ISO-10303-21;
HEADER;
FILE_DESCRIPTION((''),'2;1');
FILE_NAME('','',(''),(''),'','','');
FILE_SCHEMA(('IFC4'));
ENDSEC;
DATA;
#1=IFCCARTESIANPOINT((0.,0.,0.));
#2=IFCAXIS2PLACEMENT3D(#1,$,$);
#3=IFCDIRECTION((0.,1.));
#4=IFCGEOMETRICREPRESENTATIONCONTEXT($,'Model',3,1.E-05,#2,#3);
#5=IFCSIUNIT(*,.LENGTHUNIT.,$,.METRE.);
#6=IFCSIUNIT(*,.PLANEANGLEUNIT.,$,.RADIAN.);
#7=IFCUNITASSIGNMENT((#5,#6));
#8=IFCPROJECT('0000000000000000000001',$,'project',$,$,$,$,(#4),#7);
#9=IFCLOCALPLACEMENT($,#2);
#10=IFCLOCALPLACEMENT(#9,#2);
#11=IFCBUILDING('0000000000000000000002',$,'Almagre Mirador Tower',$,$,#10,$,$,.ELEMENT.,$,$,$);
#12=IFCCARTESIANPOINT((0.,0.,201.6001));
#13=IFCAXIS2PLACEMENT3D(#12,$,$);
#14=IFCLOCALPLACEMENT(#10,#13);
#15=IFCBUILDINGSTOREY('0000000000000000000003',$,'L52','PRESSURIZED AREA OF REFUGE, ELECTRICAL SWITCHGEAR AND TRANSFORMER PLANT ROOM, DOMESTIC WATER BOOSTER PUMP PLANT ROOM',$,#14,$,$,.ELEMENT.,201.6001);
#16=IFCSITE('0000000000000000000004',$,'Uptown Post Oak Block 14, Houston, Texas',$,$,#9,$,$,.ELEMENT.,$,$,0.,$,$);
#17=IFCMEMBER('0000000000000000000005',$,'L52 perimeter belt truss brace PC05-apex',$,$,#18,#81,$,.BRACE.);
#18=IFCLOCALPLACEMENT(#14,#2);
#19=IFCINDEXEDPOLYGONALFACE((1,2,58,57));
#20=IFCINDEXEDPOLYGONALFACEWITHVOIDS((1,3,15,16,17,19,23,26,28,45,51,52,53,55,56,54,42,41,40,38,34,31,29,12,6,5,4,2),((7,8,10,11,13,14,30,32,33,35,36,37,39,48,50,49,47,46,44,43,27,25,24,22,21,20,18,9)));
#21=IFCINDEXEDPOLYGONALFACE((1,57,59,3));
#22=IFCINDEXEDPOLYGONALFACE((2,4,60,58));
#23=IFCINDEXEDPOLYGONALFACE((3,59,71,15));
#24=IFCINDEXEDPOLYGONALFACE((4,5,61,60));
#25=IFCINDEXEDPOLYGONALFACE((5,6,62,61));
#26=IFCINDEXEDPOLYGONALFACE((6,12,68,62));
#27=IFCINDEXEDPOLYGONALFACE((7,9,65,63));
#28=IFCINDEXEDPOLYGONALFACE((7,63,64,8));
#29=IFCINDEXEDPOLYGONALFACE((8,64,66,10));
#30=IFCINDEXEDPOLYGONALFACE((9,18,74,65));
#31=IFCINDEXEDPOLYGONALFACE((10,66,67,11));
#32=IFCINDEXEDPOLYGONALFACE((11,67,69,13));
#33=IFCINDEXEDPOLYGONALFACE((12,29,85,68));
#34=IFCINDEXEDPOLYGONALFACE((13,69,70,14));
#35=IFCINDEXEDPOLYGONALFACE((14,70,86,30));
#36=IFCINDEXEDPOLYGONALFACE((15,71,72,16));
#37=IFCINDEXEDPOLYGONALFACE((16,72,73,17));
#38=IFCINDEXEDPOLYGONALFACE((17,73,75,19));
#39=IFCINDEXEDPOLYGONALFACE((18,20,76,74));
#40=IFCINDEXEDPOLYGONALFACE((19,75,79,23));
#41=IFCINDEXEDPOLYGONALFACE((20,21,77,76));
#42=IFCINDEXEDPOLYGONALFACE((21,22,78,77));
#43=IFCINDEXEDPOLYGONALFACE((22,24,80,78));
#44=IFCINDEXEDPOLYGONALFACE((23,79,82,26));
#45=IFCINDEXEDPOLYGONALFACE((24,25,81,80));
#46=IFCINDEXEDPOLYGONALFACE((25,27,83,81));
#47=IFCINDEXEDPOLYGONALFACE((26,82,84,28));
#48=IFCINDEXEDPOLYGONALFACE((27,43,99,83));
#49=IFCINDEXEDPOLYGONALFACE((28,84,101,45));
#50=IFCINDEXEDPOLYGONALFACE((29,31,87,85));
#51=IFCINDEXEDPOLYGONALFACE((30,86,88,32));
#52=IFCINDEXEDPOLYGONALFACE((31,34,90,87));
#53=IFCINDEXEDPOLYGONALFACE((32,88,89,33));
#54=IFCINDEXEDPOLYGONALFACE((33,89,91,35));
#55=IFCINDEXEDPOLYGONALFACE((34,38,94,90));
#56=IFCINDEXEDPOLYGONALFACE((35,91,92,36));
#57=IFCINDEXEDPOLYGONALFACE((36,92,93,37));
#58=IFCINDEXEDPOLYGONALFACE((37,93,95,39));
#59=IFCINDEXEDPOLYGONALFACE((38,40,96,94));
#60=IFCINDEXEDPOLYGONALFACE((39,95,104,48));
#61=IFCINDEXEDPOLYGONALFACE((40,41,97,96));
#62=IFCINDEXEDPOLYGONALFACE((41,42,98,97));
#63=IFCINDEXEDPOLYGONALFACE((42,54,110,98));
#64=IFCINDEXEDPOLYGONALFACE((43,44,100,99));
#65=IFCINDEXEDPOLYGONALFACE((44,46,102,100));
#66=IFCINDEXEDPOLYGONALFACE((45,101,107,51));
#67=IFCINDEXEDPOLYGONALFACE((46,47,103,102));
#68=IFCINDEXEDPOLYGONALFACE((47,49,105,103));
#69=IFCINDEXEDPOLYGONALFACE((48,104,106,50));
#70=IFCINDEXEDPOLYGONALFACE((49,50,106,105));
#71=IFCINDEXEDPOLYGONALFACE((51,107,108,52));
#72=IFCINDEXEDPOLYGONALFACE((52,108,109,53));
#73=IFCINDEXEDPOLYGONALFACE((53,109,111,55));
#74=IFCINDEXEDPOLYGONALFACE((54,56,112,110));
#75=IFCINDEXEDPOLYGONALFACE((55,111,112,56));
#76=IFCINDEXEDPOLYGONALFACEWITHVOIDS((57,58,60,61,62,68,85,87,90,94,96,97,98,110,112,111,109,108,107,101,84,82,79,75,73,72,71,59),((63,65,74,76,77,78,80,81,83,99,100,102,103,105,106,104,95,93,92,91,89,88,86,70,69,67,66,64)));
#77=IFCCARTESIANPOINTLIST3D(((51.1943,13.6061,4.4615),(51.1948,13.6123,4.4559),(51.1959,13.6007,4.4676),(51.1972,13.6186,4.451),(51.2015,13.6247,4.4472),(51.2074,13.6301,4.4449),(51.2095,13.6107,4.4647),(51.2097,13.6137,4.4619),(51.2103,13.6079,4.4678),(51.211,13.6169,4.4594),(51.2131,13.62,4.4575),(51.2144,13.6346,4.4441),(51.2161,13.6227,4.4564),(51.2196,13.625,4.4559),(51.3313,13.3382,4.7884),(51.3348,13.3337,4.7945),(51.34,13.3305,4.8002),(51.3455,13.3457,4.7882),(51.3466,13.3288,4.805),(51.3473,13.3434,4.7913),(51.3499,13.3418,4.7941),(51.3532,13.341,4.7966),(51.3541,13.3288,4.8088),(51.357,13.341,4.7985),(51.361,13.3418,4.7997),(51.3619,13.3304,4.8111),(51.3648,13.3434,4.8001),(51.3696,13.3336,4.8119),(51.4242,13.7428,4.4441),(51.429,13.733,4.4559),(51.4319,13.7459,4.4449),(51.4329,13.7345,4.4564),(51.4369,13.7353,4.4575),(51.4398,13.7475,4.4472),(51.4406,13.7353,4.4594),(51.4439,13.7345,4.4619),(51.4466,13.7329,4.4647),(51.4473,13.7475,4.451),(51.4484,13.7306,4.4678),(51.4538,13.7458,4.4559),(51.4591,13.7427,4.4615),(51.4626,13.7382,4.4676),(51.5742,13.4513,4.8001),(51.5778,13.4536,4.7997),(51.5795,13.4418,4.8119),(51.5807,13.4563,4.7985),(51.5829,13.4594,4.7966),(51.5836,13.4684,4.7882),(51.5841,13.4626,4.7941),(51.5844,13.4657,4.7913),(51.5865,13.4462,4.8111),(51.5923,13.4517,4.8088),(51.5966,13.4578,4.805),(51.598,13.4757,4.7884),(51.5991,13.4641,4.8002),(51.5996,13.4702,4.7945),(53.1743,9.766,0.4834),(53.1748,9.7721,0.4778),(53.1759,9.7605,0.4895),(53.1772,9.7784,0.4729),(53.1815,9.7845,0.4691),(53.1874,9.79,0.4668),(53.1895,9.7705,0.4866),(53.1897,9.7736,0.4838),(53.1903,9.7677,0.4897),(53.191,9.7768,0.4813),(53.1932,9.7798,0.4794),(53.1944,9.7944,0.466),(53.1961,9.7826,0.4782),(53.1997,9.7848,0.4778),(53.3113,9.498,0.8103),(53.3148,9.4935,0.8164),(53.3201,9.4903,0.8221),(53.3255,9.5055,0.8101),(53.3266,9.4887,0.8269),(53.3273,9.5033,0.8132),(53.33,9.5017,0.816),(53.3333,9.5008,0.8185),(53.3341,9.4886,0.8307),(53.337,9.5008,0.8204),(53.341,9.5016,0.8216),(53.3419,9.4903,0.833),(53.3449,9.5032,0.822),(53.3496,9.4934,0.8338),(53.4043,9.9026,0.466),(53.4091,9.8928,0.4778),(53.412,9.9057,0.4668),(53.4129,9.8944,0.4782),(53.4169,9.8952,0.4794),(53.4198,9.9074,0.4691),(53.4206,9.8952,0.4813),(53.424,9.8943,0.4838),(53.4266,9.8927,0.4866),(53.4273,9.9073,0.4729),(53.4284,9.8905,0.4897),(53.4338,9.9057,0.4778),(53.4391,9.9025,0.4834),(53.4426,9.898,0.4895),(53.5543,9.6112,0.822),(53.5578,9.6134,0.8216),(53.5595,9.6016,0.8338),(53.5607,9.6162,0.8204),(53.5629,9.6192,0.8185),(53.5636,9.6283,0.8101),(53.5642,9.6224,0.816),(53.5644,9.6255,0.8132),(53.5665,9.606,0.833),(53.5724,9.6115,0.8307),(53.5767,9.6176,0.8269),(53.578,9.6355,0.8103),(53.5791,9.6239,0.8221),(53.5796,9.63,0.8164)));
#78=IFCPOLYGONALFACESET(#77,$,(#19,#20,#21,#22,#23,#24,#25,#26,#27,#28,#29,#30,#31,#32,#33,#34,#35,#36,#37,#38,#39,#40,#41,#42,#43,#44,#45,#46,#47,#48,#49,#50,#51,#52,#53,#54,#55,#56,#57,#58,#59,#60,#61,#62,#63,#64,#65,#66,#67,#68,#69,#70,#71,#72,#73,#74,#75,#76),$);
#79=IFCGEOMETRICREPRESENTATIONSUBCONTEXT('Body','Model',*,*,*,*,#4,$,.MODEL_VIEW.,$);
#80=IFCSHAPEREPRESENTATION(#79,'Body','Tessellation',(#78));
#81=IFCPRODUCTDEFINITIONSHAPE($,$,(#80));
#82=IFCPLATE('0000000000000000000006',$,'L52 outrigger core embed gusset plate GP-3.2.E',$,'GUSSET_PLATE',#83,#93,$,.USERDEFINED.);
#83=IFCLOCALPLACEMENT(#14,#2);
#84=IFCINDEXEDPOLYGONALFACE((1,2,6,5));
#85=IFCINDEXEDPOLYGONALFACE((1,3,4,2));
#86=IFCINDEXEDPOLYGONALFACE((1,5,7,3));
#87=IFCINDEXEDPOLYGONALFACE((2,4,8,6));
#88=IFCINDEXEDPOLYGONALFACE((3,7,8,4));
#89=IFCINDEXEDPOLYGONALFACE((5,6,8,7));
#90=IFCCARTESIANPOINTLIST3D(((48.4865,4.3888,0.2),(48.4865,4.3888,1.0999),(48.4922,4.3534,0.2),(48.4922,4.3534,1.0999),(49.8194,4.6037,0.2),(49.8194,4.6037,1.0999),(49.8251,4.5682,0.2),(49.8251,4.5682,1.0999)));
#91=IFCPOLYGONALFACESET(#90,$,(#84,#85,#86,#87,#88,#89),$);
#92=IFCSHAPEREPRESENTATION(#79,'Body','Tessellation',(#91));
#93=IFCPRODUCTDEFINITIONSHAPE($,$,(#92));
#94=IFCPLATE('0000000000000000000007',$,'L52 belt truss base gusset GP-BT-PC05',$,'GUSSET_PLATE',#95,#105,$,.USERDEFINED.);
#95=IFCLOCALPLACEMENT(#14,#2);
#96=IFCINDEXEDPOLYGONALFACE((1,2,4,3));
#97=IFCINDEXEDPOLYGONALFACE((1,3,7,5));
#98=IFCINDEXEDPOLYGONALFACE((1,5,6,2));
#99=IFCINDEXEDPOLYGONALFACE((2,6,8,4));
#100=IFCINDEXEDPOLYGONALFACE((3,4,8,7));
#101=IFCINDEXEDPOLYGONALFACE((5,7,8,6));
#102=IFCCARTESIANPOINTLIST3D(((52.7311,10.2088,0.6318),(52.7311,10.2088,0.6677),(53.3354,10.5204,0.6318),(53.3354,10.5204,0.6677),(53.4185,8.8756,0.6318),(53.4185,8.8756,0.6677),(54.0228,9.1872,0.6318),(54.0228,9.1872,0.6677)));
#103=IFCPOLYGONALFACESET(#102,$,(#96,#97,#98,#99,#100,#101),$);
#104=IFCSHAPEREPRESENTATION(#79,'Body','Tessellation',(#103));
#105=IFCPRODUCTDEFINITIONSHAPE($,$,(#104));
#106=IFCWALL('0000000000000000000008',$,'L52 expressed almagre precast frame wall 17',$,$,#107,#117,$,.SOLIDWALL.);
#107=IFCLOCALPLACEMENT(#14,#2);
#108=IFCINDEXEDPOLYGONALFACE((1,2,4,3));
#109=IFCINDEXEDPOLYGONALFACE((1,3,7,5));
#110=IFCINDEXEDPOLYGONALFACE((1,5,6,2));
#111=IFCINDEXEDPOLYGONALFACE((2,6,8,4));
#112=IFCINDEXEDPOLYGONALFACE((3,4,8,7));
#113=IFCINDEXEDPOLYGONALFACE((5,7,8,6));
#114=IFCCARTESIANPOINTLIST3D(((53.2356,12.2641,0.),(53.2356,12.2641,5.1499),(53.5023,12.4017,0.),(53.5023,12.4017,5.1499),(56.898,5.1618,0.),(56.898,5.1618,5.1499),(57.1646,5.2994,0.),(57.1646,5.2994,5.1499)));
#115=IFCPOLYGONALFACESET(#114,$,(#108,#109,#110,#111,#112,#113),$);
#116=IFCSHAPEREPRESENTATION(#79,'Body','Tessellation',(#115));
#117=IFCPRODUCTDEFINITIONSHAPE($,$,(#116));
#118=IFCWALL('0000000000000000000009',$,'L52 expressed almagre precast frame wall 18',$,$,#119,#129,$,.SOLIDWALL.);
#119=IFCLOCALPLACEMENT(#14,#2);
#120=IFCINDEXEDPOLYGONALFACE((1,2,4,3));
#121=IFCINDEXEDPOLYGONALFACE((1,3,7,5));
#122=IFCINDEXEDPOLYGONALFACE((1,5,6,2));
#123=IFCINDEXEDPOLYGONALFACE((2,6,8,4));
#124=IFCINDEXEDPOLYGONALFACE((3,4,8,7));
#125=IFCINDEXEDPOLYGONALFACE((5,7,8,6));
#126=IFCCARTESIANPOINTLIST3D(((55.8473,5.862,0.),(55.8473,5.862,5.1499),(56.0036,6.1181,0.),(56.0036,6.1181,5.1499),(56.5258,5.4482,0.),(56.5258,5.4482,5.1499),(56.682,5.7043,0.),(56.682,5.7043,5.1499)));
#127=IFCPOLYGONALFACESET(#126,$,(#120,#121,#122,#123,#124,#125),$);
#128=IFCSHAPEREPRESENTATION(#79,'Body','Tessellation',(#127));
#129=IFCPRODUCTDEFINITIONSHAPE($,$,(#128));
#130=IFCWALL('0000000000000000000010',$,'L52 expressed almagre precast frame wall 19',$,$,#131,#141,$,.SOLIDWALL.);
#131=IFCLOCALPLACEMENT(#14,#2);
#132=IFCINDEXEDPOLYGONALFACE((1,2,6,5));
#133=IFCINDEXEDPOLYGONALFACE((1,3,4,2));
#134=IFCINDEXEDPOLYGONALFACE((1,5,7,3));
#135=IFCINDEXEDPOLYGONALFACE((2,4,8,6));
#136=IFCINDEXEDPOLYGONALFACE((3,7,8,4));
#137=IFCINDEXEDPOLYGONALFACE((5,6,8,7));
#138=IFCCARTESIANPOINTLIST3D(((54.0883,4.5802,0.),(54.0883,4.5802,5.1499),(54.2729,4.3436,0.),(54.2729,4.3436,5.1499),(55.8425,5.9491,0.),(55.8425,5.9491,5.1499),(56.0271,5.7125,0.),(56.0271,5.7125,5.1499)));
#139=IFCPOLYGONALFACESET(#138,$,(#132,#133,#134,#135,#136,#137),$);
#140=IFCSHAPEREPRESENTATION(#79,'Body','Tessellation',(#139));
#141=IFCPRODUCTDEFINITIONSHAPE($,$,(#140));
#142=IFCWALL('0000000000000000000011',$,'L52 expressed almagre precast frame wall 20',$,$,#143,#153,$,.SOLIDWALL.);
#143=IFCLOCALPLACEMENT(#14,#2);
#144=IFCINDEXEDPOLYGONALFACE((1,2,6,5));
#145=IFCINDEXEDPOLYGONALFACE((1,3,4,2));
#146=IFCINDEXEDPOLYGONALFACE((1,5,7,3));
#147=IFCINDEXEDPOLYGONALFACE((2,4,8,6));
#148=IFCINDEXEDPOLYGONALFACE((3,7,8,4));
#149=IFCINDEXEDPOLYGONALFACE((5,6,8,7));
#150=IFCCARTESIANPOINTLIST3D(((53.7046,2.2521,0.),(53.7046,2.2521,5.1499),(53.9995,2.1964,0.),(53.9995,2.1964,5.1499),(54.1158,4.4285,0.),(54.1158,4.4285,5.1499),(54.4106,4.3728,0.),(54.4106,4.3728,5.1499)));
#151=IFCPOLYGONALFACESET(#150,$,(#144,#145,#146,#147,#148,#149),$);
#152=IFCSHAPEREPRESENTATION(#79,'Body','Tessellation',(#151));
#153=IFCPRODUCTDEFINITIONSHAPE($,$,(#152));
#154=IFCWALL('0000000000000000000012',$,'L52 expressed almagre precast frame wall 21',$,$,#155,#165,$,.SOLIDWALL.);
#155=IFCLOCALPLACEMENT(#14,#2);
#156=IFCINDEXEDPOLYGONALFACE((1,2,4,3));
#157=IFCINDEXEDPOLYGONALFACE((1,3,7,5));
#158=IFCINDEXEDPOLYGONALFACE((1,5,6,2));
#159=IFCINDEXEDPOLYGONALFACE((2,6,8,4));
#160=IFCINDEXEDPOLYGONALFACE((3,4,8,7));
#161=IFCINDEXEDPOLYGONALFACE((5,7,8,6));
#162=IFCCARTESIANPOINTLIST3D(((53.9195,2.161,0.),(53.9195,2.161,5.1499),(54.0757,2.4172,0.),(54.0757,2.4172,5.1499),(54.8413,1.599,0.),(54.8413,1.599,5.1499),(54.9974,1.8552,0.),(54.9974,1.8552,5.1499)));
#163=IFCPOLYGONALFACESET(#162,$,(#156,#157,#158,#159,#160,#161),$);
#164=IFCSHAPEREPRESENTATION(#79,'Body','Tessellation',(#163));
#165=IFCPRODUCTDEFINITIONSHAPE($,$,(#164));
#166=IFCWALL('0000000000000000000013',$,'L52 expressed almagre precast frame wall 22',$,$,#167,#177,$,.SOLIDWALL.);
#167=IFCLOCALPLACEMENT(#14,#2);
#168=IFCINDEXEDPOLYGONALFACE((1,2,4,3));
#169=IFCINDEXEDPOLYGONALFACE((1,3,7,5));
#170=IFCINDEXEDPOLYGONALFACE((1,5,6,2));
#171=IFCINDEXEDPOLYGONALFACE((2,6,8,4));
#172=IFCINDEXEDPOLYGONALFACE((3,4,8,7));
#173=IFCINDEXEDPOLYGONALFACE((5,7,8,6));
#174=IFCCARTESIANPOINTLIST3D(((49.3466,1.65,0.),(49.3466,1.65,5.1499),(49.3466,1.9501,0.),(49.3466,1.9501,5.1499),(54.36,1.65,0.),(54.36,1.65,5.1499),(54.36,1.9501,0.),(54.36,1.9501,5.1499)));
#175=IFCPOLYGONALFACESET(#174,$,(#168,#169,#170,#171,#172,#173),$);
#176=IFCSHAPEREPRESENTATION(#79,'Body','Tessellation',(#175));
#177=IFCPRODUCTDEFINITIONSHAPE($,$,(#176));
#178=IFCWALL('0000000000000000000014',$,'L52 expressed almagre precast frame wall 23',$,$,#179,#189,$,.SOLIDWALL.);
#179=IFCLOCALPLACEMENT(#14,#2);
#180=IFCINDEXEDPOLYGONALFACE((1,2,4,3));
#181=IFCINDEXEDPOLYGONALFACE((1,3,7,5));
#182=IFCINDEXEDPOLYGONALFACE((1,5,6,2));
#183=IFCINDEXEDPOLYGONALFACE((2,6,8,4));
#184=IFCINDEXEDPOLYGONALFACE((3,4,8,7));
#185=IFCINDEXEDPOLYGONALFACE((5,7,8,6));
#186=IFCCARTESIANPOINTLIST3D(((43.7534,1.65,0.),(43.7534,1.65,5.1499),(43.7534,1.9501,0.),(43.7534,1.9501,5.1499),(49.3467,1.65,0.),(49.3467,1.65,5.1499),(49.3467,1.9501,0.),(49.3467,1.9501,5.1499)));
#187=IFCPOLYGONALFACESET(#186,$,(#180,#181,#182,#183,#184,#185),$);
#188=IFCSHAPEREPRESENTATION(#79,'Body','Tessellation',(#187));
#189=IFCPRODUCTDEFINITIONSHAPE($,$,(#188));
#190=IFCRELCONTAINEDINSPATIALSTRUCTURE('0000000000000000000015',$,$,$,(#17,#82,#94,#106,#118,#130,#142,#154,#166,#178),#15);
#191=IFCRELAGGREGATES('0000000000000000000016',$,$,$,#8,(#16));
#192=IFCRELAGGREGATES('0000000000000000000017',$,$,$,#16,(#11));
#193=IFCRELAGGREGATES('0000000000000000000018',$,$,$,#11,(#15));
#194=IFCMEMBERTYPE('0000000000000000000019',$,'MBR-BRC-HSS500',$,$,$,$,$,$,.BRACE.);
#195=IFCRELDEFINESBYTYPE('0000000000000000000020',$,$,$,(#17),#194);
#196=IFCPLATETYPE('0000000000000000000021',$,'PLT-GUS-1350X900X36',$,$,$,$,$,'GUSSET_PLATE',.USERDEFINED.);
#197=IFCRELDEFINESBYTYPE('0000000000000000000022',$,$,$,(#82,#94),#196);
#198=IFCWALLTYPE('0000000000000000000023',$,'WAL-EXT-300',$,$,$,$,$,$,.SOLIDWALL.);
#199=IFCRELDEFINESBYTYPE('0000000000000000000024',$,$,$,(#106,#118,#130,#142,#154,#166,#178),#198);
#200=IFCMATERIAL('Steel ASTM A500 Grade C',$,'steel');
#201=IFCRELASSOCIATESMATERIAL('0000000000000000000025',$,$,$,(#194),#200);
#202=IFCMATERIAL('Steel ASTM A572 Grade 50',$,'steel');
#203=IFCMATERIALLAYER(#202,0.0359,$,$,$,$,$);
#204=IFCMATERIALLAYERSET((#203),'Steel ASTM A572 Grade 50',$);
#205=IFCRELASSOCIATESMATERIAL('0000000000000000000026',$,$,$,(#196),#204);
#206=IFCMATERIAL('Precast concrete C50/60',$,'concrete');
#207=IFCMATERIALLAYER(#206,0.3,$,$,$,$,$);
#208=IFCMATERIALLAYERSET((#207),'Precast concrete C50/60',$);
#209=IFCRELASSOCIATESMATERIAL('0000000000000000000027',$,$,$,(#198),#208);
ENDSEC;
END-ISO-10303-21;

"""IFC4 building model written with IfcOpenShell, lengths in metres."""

from ifc_helpers import new_model, si_unit, direction, frame, frame_2d, origin, origin_2d, place, context, subcontext, project, spatial, rectangle, hollow_rectangle, extrude, material, layer, layer_set, material_profile, profile_set, type_object, element, save


model = new_model("IFC4")

# Units and contexts
model_context = context("Model", 3, precision=1e-05, world=origin(), true_north=direction((0.0, 1.0)))
body_context = subcontext(model_context, "Body", "Model", "MODEL_VIEW")
ifc_project = project(units=[si_unit("LENGTHUNIT", "METRE"), si_unit("PLANEANGLEUNIT", "RADIAN")], contexts=[model_context])

# Site, building, storey
site_placement = place(None, origin())
site = spatial("IfcSite", under=ifc_project, at=site_placement, Name="Uptown Post Oak Block 14, Houston, Texas", CompositionType="ELEMENT", RefElevation=0.0)
building_placement = place(site_placement, origin())
building = spatial("IfcBuilding", under=site, at=building_placement, Name="Almagre Mirador Tower", CompositionType="ELEMENT")
storey_placement = place(building_placement, frame((0.0, 0.0, 201.6001)))
storey = spatial("IfcBuildingStorey", under=building, at=storey_placement, Name="L52", Description="PRESSURIZED AREA OF REFUGE, ELECTRICAL SWITCHGEAR AND TRANSFORMER PLANT ROOM, DOMESTIC WATER BOOSTER PUMP PLANT ROOM", CompositionType="ELEMENT", Elevation=201.6001)

# Member
ifc_material_1 = material(Name="Steel ASTM A500 Grade C", Category="steel")
ifc_material_profile_1 = material_profile(ifc_material_1, hollow_rectangle(XDim=0.3, YDim=0.5, WallThickness=0.0161, InnerFilletRadius=0.0161, OuterFilletRadius=0.032, at=origin_2d()), Name="HSS500X300X16")
ifc_profile_set_1 = profile_set([ifc_material_profile_1], Name="Steel ASTM A500 Grade C")
member_type = type_object("IfcMemberType", Name="MBR-BRC-HSS500", PredefinedType="BRACE", material=ifc_profile_set_1)
member_placement = place(storey_placement, frame((53.377, 9.698, 0.6499), z_axis=(-0.337137, 0.653862, 0.67735), x_axis=(-0.888809, -0.458277, 0.0)))
element("IfcMember", 1, at=member_placement, inside=storey, type_object=member_type, Name="L52 perimeter belt truss brace PC05-apex", PredefinedType="BRACE", context=body_context, shape_type="SweptSolid", body=[
    extrude(hollow_rectangle(XDim=0.3, YDim=0.5, WallThickness=0.0161, InnerFilletRadius=0.0161, OuterFilletRadius=0.032, at=origin_2d()), origin(), (0.0, 0.0, 1.0), 5.873),
])

# Plates
ifc_material_2 = material(Name="Steel ASTM A572 Grade 50", Category="steel")
ifc_layer_1 = layer(ifc_material_2, 0.0359)
ifc_layer_set_1 = layer_set([ifc_layer_1], Name="Steel ASTM A572 Grade 50")
plate_type = type_object("IfcPlateType", Name="PLT-GUS-1350X900X36", ElementType="GUSSET_PLATE", PredefinedType="USERDEFINED", material=ifc_layer_set_1)
plate_1_placement = place(storey_placement, frame((49.1558, 4.4785, 0.2), z_axis=(0.0, 0.0, 1.0), x_axis=(0.987256, 0.15914, 0.0)))
element("IfcPlate", 2, at=plate_1_placement, inside=storey, type_object=plate_type, Name="L52 outrigger core embed gusset plate GP-3.2.E", ObjectType="GUSSET_PLATE", PredefinedType="USERDEFINED", context=body_context, shape_type="SweptSolid", body=[
    extrude(rectangle(XDim=1.3501, YDim=0.0359, at=origin_2d()), origin(), (0.0, 0.0, 1.0), 0.8999),
])
plate_2_placement = place(storey_placement, frame((53.377, 9.698, 0.6318), z_axis=(0.0, 0.0, 1.0), x_axis=(-0.458293, 0.888801, 0.0)))
element("IfcPlate", 3, at=plate_2_placement, inside=storey, type_object=plate_type, Name="L52 belt truss base gusset GP-BT-PC05", ObjectType="GUSSET_PLATE", PredefinedType="USERDEFINED", context=body_context, shape_type="SweptSolid", body=[
    extrude(rectangle(XDim=1.5, YDim=0.6799, at=origin_2d()), origin(), (0.0, 0.0, 1.0), 0.0359),
])

# Walls
ifc_material_3 = material(Name="Precast concrete C50/60", Category="concrete")
ifc_layer_2 = layer(ifc_material_3, 0.3)
ifc_layer_set_2 = layer_set([ifc_layer_2], Name="Precast concrete C50/60")
wall_type_1 = type_object("IfcWallType", Name="WAL-EXT-300", PredefinedType="SOLIDWALL", material=ifc_layer_set_2)
wall_1_placement = place(storey_placement, frame((53.3689, 12.333, 0.0), z_axis=(0.0, 0.0, 1.0), x_axis=(0.458312, -0.888791, 0.0)))
element("IfcWall", 4, at=wall_1_placement, inside=storey, type_object=wall_type_1, Name="L52 expressed almagre precast frame wall 17", PredefinedType="SOLIDWALL", context=body_context, shape_type="SweptSolid", body=[
    extrude(rectangle(XDim=7.991, YDim=0.3, at=frame_2d((3.9956, 0.0))), origin(), (0.0, 0.0, 1.0), 5.1499),
])
wall_2_placement = place(storey_placement, frame((56.604, 5.5762, 0.0), z_axis=(0.0, 0.0, 1.0), x_axis=(-0.85373, 0.520717, 0.0)))
element("IfcWall", 5, at=wall_2_placement, inside=storey, type_object=wall_type_1, Name="L52 expressed almagre precast frame wall 18", PredefinedType="SOLIDWALL", context=body_context, shape_type="SweptSolid", body=[
    extrude(rectangle(XDim=0.7947, YDim=0.3, at=frame_2d((0.3975, 0.0))), origin(), (0.0, 0.0, 1.0), 5.1499),
])
wall_3_placement = place(storey_placement, frame((55.9348, 5.8308, 0.0), z_axis=(0.0, 0.0, 1.0), x_axis=(-0.788359, -0.615216, 0.0)))
element("IfcWall", 6, at=wall_3_placement, inside=storey, type_object=wall_type_1, Name="L52 expressed almagre precast frame wall 19", PredefinedType="SOLIDWALL", context=body_context, shape_type="SweptSolid", body=[
    extrude(rectangle(XDim=2.2251, YDim=0.3, at=frame_2d((1.1125, 0.0))), origin(), (0.0, 0.0, 1.0), 5.1499),
])
wall_4_placement = place(storey_placement, frame((54.2632, 4.4006, 0.0), z_axis=(0.0, 0.0, 1.0), x_axis=(-0.185633, -0.982619, 0.0)))
element("IfcWall", 7, at=wall_4_placement, inside=storey, type_object=wall_type_1, Name="L52 expressed almagre precast frame wall 20", PredefinedType="SOLIDWALL", context=body_context, shape_type="SweptSolid", body=[
    extrude(rectangle(XDim=2.2148, YDim=0.3, at=frame_2d((1.1074, 0.0))), origin(), (0.0, 0.0, 1.0), 5.1499),
])
wall_5_placement = place(storey_placement, frame((53.9976, 2.2891, 0.0), z_axis=(0.0, 0.0, 1.0), x_axis=(0.85384, -0.520535, 0.0)))
element("IfcWall", 8, at=wall_5_placement, inside=storey, type_object=wall_type_1, Name="L52 expressed almagre precast frame wall 21", PredefinedType="SOLIDWALL", context=body_context, shape_type="SweptSolid", body=[
    extrude(rectangle(XDim=1.0796, YDim=0.3, at=frame_2d((0.5398, 0.0))), origin(), (0.0, 0.0, 1.0), 5.1499),
])
wall_6_placement = place(storey_placement, frame((54.3601, 1.8, 0.0), z_axis=(0.0, 0.0, 1.0), x_axis=(-1.0, 0.0, 0.0)))
element("IfcWall", 9, at=wall_6_placement, inside=storey, type_object=wall_type_1, Name="L52 expressed almagre precast frame wall 22", PredefinedType="SOLIDWALL", context=body_context, shape_type="SweptSolid", body=[
    extrude(rectangle(XDim=5.0134, YDim=0.3, at=frame_2d((2.5068, 0.0))), origin(), (0.0, 0.0, 1.0), 5.1499),
])
wall_7_placement = place(storey_placement, frame((49.3467, 1.8, 0.0), z_axis=(0.0, 0.0, 1.0), x_axis=(-1.0, 0.0, 0.0)))
element("IfcWall", 10, at=wall_7_placement, inside=storey, type_object=wall_type_1, Name="L52 expressed almagre precast frame wall 23", PredefinedType="SOLIDWALL", context=body_context, shape_type="SweptSolid", body=[
    extrude(rectangle(XDim=5.5933, YDim=0.3, at=frame_2d((2.7966, 0.0))), origin(), (0.0, 0.0, 1.0), 5.1499),
])

save(model, "model.ifc")
